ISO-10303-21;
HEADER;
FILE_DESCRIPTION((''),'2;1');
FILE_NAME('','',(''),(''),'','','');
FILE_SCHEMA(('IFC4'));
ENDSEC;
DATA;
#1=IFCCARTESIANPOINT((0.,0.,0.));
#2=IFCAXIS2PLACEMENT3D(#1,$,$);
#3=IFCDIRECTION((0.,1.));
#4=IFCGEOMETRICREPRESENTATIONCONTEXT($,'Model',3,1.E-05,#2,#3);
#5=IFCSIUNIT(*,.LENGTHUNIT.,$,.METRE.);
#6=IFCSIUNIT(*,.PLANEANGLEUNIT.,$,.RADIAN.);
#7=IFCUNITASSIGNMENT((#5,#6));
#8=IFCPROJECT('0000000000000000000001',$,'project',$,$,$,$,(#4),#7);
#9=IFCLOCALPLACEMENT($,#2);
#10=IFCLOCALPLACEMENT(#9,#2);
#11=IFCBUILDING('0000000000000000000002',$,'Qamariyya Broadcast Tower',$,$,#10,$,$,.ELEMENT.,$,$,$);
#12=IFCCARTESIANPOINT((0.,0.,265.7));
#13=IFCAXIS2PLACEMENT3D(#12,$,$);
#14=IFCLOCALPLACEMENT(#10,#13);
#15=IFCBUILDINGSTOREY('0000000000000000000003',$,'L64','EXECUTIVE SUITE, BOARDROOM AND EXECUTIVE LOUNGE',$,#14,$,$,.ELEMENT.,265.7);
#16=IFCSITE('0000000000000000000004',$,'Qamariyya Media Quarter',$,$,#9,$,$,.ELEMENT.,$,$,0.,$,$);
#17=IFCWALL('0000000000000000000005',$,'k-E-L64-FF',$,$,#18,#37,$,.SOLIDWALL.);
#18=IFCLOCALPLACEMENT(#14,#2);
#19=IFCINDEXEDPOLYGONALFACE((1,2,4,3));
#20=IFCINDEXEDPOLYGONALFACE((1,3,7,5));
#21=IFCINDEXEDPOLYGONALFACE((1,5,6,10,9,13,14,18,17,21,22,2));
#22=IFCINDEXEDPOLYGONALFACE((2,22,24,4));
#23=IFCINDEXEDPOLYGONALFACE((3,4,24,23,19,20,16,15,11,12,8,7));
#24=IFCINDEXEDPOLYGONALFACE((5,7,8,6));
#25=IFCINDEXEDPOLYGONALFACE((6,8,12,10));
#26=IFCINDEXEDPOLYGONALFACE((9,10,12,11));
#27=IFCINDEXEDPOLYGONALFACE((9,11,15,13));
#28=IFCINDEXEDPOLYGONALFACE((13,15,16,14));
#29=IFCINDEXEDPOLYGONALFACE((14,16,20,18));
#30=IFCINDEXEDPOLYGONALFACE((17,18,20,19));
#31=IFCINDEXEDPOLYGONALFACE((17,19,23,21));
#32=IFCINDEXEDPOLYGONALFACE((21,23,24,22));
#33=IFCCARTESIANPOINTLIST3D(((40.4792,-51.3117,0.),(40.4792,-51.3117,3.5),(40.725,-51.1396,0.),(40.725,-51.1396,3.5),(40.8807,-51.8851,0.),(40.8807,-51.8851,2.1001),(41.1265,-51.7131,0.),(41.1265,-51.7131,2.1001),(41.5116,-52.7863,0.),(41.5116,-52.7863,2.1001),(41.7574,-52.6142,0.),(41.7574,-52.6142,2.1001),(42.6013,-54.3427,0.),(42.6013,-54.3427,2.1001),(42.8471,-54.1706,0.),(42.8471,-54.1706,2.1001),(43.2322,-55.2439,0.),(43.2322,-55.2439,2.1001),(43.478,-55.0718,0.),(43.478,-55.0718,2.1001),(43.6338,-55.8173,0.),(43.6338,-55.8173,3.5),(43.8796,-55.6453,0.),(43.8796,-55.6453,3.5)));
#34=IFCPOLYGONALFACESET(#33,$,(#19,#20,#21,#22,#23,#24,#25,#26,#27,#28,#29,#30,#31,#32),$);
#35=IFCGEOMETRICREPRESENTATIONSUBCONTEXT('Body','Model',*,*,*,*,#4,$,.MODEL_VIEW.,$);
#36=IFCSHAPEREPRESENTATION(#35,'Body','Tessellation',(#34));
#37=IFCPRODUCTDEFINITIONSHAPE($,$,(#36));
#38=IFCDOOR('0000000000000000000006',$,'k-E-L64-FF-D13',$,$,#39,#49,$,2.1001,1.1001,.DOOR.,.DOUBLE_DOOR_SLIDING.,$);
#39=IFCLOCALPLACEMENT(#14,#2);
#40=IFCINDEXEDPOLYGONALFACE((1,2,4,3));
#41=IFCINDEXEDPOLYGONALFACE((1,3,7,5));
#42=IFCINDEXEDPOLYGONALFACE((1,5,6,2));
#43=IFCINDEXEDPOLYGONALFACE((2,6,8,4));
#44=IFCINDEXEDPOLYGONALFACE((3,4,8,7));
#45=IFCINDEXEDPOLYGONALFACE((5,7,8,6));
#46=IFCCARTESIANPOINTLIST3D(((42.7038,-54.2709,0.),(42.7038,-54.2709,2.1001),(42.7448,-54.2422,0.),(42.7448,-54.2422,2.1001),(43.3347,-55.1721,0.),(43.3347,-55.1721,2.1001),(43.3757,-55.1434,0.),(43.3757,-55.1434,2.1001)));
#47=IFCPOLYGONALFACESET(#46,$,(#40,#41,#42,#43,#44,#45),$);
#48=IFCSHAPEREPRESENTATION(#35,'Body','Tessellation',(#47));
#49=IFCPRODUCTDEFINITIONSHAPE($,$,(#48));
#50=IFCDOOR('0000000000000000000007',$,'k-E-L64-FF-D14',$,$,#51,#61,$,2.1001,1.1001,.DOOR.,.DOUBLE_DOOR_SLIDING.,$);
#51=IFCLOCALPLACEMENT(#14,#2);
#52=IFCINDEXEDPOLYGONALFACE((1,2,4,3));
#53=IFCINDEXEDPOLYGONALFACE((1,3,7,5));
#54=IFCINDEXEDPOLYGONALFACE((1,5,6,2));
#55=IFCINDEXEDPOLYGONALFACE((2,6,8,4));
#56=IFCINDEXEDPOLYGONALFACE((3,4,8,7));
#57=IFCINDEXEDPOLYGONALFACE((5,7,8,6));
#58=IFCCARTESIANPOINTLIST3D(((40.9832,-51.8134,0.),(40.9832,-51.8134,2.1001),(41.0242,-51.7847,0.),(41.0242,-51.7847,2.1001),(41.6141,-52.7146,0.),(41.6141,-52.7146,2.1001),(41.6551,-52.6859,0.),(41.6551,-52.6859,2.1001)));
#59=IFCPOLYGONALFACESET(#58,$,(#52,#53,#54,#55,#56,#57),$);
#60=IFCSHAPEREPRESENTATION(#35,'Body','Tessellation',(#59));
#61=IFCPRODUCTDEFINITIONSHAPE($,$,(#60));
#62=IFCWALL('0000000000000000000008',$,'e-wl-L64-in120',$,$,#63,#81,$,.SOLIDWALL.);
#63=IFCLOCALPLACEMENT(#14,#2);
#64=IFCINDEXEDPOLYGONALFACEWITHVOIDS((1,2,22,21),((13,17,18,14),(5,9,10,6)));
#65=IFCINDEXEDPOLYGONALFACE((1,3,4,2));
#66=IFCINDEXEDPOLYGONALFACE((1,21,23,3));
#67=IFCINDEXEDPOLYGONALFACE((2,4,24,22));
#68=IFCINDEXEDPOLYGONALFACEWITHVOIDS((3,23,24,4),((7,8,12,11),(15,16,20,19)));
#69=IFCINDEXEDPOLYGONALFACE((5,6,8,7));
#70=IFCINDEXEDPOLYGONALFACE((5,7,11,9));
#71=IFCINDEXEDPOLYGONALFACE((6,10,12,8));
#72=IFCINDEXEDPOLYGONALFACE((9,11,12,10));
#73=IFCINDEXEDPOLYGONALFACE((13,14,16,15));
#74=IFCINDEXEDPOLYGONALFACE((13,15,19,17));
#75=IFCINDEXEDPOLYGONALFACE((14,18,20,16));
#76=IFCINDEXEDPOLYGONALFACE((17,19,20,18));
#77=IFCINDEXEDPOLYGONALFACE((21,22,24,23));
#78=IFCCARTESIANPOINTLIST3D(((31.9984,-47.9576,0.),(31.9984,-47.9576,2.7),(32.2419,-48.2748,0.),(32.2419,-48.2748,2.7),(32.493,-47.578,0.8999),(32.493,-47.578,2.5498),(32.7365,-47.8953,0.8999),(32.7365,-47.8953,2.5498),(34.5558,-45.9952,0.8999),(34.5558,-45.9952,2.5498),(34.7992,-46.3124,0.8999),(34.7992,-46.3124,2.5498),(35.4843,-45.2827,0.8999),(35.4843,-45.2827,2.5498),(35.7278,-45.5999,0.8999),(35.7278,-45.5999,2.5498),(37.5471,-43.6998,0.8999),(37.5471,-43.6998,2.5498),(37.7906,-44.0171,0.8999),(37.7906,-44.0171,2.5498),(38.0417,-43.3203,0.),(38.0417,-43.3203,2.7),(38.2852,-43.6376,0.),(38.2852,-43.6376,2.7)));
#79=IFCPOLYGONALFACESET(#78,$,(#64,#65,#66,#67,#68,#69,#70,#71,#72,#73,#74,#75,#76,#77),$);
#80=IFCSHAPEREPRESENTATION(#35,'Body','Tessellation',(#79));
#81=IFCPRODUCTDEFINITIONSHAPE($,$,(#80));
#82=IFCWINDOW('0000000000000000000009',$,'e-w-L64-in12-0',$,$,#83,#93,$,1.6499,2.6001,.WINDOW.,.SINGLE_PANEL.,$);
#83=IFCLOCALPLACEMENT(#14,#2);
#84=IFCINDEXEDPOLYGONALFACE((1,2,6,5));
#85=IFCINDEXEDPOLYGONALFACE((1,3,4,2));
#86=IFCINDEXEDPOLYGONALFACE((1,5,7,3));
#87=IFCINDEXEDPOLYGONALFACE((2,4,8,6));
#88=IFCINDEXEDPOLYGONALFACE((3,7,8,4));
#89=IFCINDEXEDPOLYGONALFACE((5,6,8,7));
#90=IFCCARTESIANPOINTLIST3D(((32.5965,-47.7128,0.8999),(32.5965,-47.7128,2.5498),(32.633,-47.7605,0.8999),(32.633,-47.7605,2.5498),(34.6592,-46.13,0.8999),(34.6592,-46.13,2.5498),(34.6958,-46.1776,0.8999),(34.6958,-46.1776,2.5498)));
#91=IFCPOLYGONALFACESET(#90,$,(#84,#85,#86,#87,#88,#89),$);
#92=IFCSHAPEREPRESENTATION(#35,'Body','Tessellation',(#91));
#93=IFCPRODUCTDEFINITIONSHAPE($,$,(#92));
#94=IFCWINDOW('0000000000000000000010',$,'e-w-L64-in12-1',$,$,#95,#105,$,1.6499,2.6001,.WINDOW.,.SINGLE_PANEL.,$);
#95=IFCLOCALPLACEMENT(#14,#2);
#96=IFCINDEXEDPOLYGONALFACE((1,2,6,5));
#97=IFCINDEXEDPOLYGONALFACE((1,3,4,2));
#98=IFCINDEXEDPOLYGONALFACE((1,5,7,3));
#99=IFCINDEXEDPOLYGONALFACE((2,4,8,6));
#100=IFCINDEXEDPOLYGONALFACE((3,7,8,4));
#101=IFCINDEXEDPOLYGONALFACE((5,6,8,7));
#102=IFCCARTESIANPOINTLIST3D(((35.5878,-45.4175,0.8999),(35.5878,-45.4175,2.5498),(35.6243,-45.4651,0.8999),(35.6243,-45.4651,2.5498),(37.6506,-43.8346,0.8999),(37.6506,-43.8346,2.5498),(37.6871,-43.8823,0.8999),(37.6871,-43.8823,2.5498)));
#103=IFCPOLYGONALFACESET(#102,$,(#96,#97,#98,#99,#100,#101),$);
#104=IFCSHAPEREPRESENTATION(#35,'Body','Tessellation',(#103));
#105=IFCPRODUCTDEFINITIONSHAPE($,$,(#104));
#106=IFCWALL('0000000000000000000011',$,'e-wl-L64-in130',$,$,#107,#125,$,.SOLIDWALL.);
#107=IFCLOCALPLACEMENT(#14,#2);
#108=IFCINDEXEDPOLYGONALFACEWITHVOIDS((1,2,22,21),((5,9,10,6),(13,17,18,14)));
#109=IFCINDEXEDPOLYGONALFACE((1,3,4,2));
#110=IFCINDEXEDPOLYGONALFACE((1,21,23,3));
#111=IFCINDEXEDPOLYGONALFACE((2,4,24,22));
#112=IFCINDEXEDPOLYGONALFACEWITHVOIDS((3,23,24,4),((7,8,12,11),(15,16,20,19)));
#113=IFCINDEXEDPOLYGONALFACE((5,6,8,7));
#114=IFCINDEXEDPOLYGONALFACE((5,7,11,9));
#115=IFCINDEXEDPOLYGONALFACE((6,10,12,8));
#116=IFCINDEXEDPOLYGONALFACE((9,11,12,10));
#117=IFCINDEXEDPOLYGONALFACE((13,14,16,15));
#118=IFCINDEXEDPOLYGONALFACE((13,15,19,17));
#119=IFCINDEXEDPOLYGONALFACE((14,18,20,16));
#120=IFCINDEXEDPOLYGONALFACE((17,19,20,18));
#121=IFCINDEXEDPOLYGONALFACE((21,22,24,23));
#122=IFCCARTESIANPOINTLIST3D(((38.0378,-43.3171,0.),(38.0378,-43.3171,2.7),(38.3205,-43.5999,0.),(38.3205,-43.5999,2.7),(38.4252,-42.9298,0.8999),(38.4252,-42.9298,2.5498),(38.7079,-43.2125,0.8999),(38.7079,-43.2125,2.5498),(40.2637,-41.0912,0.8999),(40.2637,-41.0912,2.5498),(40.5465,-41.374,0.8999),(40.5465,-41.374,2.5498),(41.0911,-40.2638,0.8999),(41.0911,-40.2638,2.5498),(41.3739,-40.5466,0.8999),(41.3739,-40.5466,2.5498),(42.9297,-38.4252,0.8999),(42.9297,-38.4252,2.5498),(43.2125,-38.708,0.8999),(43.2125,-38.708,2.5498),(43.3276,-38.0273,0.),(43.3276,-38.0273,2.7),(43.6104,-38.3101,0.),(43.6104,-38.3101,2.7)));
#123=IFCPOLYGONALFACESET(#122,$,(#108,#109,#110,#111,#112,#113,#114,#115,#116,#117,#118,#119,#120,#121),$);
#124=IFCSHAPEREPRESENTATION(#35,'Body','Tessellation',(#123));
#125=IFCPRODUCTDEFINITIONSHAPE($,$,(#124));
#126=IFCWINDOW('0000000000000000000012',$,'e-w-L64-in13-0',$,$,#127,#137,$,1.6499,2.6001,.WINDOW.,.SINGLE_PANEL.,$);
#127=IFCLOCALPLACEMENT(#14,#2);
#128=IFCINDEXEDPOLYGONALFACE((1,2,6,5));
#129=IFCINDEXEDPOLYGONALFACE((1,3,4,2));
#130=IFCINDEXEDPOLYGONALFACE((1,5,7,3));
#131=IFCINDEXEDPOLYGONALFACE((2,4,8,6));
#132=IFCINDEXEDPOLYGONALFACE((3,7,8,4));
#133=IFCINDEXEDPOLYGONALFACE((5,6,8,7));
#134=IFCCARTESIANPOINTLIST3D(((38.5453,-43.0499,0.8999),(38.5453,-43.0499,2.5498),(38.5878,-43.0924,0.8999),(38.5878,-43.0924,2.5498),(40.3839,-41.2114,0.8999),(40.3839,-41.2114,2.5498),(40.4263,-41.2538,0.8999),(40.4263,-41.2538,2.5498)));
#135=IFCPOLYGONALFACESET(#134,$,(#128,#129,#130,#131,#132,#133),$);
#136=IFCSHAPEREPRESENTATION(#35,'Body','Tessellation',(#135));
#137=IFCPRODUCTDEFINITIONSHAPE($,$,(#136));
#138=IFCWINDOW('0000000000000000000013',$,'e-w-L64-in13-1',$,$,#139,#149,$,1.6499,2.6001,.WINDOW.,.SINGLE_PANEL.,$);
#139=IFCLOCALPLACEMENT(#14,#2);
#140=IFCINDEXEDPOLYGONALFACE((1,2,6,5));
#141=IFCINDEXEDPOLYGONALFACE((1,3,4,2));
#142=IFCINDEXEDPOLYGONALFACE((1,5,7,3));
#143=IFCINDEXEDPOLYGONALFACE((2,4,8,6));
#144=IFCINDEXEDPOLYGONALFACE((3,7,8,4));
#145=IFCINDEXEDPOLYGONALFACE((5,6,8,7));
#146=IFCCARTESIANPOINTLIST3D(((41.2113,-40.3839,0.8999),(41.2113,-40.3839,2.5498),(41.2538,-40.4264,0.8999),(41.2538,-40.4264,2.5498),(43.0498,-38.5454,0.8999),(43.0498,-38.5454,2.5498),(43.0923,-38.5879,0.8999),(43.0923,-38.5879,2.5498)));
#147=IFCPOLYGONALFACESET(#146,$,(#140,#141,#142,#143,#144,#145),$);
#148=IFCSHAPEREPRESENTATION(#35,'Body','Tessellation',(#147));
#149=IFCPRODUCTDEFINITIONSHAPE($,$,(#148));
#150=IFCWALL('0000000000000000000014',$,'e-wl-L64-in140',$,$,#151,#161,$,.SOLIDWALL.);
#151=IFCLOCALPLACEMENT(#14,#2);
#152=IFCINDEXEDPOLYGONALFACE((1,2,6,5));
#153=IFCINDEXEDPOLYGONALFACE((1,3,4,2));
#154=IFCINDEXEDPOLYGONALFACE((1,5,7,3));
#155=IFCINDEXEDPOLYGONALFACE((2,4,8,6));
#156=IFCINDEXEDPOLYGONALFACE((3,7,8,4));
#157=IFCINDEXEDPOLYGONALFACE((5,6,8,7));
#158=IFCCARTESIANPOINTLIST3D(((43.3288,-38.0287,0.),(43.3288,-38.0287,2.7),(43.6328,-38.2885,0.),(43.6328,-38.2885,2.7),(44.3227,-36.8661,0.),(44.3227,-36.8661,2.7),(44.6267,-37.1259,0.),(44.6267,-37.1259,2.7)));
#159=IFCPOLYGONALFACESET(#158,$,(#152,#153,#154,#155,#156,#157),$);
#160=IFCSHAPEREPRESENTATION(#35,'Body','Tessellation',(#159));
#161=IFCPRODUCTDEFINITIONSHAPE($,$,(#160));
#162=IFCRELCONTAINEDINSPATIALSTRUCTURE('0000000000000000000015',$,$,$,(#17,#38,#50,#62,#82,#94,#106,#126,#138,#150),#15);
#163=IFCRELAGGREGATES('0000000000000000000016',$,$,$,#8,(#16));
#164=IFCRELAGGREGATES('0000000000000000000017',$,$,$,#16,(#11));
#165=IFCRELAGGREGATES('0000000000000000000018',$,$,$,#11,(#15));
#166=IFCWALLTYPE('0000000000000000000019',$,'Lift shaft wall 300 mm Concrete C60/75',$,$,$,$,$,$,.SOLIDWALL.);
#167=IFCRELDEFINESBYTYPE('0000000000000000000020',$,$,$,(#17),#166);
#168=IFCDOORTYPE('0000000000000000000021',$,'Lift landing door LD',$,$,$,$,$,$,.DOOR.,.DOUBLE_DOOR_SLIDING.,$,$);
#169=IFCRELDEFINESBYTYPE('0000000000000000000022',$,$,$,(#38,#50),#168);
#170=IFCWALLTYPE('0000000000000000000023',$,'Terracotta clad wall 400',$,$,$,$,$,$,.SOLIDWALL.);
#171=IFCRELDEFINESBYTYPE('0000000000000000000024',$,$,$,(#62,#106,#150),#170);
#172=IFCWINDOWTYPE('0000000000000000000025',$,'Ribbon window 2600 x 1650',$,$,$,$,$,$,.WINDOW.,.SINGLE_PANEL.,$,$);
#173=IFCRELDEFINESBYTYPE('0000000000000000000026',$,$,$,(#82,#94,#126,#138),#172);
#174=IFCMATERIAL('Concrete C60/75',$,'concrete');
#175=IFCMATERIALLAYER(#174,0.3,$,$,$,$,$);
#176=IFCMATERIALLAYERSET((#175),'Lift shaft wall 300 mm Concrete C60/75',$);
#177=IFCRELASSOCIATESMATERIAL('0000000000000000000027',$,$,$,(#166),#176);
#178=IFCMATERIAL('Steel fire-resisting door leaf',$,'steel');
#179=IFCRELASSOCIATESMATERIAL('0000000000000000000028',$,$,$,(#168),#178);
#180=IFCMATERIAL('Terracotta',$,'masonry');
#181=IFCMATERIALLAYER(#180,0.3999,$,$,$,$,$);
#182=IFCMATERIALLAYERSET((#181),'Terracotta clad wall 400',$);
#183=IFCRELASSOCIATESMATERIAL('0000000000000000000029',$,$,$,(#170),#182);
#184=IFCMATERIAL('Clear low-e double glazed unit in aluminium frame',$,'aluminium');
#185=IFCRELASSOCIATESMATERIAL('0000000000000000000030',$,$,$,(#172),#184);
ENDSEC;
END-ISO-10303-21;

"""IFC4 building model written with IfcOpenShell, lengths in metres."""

from ifc_helpers import new_model, si_unit, direction, frame, frame_2d, origin, place, context, subcontext, project, spatial, rectangle, extrude, material, layer, layer_set, type_object, element, fill, save


model = new_model("IFC4")

# Units and contexts
model_context = context("Model", 3, precision=1e-05, world=origin(), true_north=direction((0.0, 1.0)))
body_context = subcontext(model_context, "Body", "Model", "MODEL_VIEW")
ifc_project = project(units=[si_unit("LENGTHUNIT", "METRE"), si_unit("PLANEANGLEUNIT", "RADIAN")], contexts=[model_context])

# Site, building, storey
site_placement = place(None, origin())
site = spatial("IfcSite", under=ifc_project, at=site_placement, Name="Qamariyya Media Quarter", CompositionType="ELEMENT", RefElevation=0.0)
building_placement = place(site_placement, origin())
building = spatial("IfcBuilding", under=site, at=building_placement, Name="Qamariyya Broadcast Tower", CompositionType="ELEMENT")
storey_placement = place(building_placement, frame((0.0, 0.0, 265.7)))
storey = spatial("IfcBuildingStorey", under=building, at=storey_placement, Name="L64", Description="EXECUTIVE SUITE, BOARDROOM AND EXECUTIVE LOUNGE", CompositionType="ELEMENT", Elevation=265.7)

# Shared definitions
ifc_material_1 = material(Name="Concrete C60/75", Category="concrete")

# Shared definitions
ifc_layer_1 = layer(ifc_material_1, 0.3)
ifc_layer_set_1 = layer_set([ifc_layer_1], Name="Lift shaft wall 300 mm Concrete C60/75")
wall_type_1 = type_object("IfcWallType", Name="Lift shaft wall 300 mm Concrete C60/75", PredefinedType="SOLIDWALL", material=ifc_layer_set_1)
ifc_material_2 = material(Name="Steel fire-resisting door leaf", Category="steel")

# Wall, openings, doors
wall_1_placement = place(storey_placement, frame((43.7566, -55.7312, 0.0), z_axis=(0.0, 0.0, 1.0), x_axis=(-0.573537, 0.81918, 0.0)))
wall_1 = element("IfcWall", 1, at=wall_1_placement, inside=storey, type_object=wall_type_1, Name="k-E-L64-FF", PredefinedType="SOLIDWALL", context=body_context, shape_type="SweptSolid", body=[
    extrude(rectangle(XDim=5.5002, YDim=0.3, at=frame_2d((2.75, 0.0))), origin(), (0.0, 0.0, 1.0), 3.5),
])
opening_1_placement = place(wall_1_placement, frame((0.7, 0.0, 0.0)))
opening_1 = element("IfcOpeningElement", 2, at=opening_1_placement, cuts=wall_1, PredefinedType="OPENING", context=body_context, shape_type="SweptSolid", body=[
    extrude(rectangle(XDim=1.1001, YDim=2.1001, at=frame_2d((0.55, 1.05))), frame((0.0, 0.1599, 0.0), z_axis=(0.0, -1.0, 0.0), x_axis=(1.0, 0.0, 0.0)), (0.0, 0.0, 1.0), 0.3201),
])
opening_2_placement = place(wall_1_placement, frame((3.7, 0.0, 0.0)))
opening_2 = element("IfcOpeningElement", 3, at=opening_2_placement, cuts=wall_1, PredefinedType="OPENING", context=body_context, shape_type="SweptSolid", body=[
    extrude(rectangle(XDim=1.1001, YDim=2.1001, at=frame_2d((0.55, 1.05))), frame((0.0, 0.1599, 0.0), z_axis=(0.0, -1.0, 0.0), x_axis=(1.0, 0.0, 0.0)), (0.0, 0.0, 1.0), 0.3201),
])
door_type_1 = type_object("IfcDoorType", Name="Lift landing door LD", OperationType="DOUBLE_DOOR_SLIDING", PredefinedType="DOOR", material=ifc_material_2)
door_1_placement = place(opening_1_placement, origin())
door_1 = element("IfcDoor", 4, at=door_1_placement, inside=storey, type_object=door_type_1, Name="k-E-L64-FF-D13", OperationType="DOUBLE_DOOR_SLIDING", OverallHeight=2.1001, OverallWidth=1.1001, PredefinedType="DOOR", context=body_context, shape_type="SweptSolid", body=[
    extrude(rectangle(XDim=1.1001, YDim=2.1001, at=frame_2d((0.55, 1.05))), frame((0.0, 0.0249, 0.0), z_axis=(0.0, -1.0, 0.0), x_axis=(1.0, 0.0, 0.0)), (0.0, 0.0, 1.0), 0.05),
])
fill(opening_1, door_1)
door_2_placement = place(opening_2_placement, origin())
door_2 = element("IfcDoor", 5, at=door_2_placement, inside=storey, type_object=door_type_1, Name="k-E-L64-FF-D14", OperationType="DOUBLE_DOOR_SLIDING", OverallHeight=2.1001, OverallWidth=1.1001, PredefinedType="DOOR", context=body_context, shape_type="SweptSolid", body=[
    extrude(rectangle(XDim=1.1001, YDim=2.1001, at=frame_2d((0.55, 1.05))), frame((0.0, 0.0249, 0.0), z_axis=(0.0, -1.0, 0.0), x_axis=(1.0, 0.0, 0.0)), (0.0, 0.0, 1.0), 0.05),
])
fill(opening_2, door_2)

# Walls, openings, windows
ifc_material_3 = material(Name="Terracotta", Category="masonry")
ifc_layer_2 = layer(ifc_material_3, 0.3999)
ifc_layer_set_2 = layer_set([ifc_layer_2], Name="Terracotta clad wall 400")
wall_type_2 = type_object("IfcWallType", Name="Terracotta clad wall 400", PredefinedType="SOLIDWALL", material=ifc_layer_set_2)
wall_2_placement = place(storey_placement, frame((38.1633, -43.479, 0.0), z_axis=(0.0, 0.0, 1.0), x_axis=(-0.793348, -0.608769, 0.0)))
wall_2 = element("IfcWall", 6, at=wall_2_placement, inside=storey, type_object=wall_type_2, Name="e-wl-L64-in120", PredefinedType="SOLIDWALL", context=body_context, shape_type="SweptSolid", body=[
    extrude(rectangle(XDim=7.6174, YDim=0.3999, at=frame_2d((3.8086, 0.0))), origin(), (0.0, 0.0, 1.0), 2.7),
])
opening_3_placement = place(wall_2_placement, frame((4.3938, 0.0, 0.8999)))
opening_3 = element("IfcOpeningElement", 7, at=opening_3_placement, cuts=wall_2, PredefinedType="OPENING", context=body_context, shape_type="SweptSolid", body=[
    extrude(rectangle(XDim=2.6001, YDim=1.6499, at=frame_2d((1.3, 0.825))), frame((0.0, 0.21, 0.0), z_axis=(0.0, -1.0, 0.0), x_axis=(1.0, 0.0, 0.0)), (0.0, 0.0, 1.0), 0.4199),
])
opening_4_placement = place(wall_2_placement, frame((0.6233, 0.0, 0.8999)))
opening_4 = element("IfcOpeningElement", 8, at=opening_4_placement, cuts=wall_2, PredefinedType="OPENING", context=body_context, shape_type="SweptSolid", body=[
    extrude(rectangle(XDim=2.6001, YDim=1.6499, at=frame_2d((1.3, 0.825))), frame((0.0, 0.21, 0.0), z_axis=(0.0, -1.0, 0.0), x_axis=(1.0, 0.0, 0.0)), (0.0, 0.0, 1.0), 0.4199),
])
ifc_material_4 = material(Name="Clear low-e double glazed unit in aluminium frame", Category="aluminium")
window_type = type_object("IfcWindowType", Name="Ribbon window 2600 x 1650", PartitioningType="SINGLE_PANEL", PredefinedType="WINDOW", material=ifc_material_4)
window_1_placement = place(opening_3_placement, origin())
window_1 = element("IfcWindow", 9, at=window_1_placement, inside=storey, type_object=window_type, Name="e-w-L64-in12-0", OverallHeight=1.6499, OverallWidth=2.6001, PartitioningType="SINGLE_PANEL", PredefinedType="WINDOW", context=body_context, shape_type="SweptSolid", body=[
    extrude(rectangle(XDim=2.6001, YDim=1.6499, at=frame_2d((1.3, 0.825))), frame((0.0, 0.03, 0.0), z_axis=(0.0, -1.0, 0.0), x_axis=(1.0, 0.0, 0.0)), (0.0, 0.0, 1.0), 0.0601),
])
fill(opening_3, window_1)
window_2_placement = place(opening_4_placement, origin())
window_2 = element("IfcWindow", 10, at=window_2_placement, inside=storey, type_object=window_type, Name="e-w-L64-in12-1", OverallHeight=1.6499, OverallWidth=2.6001, PartitioningType="SINGLE_PANEL", PredefinedType="WINDOW", context=body_context, shape_type="SweptSolid", body=[
    extrude(rectangle(XDim=2.6001, YDim=1.6499, at=frame_2d((1.3, 0.825))), frame((0.0, 0.03, 0.0), z_axis=(0.0, -1.0, 0.0), x_axis=(1.0, 0.0, 0.0)), (0.0, 0.0, 1.0), 0.0601),
])
fill(opening_4, window_2)
wall_3_placement = place(storey_placement, frame((43.469, -38.1687, 0.0), z_axis=(0.0, 0.0, 1.0), x_axis=(-0.707107, -0.707107, 0.0)))
wall_3 = element("IfcWall", 11, at=wall_3_placement, inside=storey, type_object=wall_type_2, Name="e-wl-L64-in130", PredefinedType="SOLIDWALL", context=body_context, shape_type="SweptSolid", body=[
    extrude(rectangle(XDim=7.481, YDim=0.3999, at=frame_2d((3.7405, 0.0))), origin(), (0.0, 0.0, 1.0), 2.7),
])
opening_5_placement = place(wall_3_placement, frame((4.333, 0.0, 0.8999)))
opening_5 = element("IfcOpeningElement", 12, at=opening_5_placement, cuts=wall_3, PredefinedType="OPENING", context=body_context, shape_type="SweptSolid", body=[
    extrude(rectangle(XDim=2.6001, YDim=1.6499, at=frame_2d((1.3, 0.825))), frame((0.0, 0.21, 0.0), z_axis=(0.0, -1.0, 0.0), x_axis=(1.0, 0.0, 0.0)), (0.0, 0.0, 1.0), 0.4199),
])
opening_6_placement = place(wall_3_placement, frame((0.5627, 0.0, 0.8999)))
opening_6 = element("IfcOpeningElement", 13, at=opening_6_placement, cuts=wall_3, PredefinedType="OPENING", context=body_context, shape_type="SweptSolid", body=[
    extrude(rectangle(XDim=2.6001, YDim=1.6499, at=frame_2d((1.3, 0.825))), frame((0.0, 0.21, 0.0), z_axis=(0.0, -1.0, 0.0), x_axis=(1.0, 0.0, 0.0)), (0.0, 0.0, 1.0), 0.4199),
])
window_3_placement = place(opening_5_placement, origin())
window_3 = element("IfcWindow", 14, at=window_3_placement, inside=storey, type_object=window_type, Name="e-w-L64-in13-0", OverallHeight=1.6499, OverallWidth=2.6001, PartitioningType="SINGLE_PANEL", PredefinedType="WINDOW", context=body_context, shape_type="SweptSolid", body=[
    extrude(rectangle(XDim=2.6001, YDim=1.6499, at=frame_2d((1.3, 0.825))), frame((0.0, 0.03, 0.0), z_axis=(0.0, -1.0, 0.0), x_axis=(1.0, 0.0, 0.0)), (0.0, 0.0, 1.0), 0.0601),
])
fill(opening_5, window_3)
window_4_placement = place(opening_6_placement, origin())
window_4 = element("IfcWindow", 15, at=window_4_placement, inside=storey, type_object=window_type, Name="e-w-L64-in13-1", OverallHeight=1.6499, OverallWidth=2.6001, PartitioningType="SINGLE_PANEL", PredefinedType="WINDOW", context=body_context, shape_type="SweptSolid", body=[
    extrude(rectangle(XDim=2.6001, YDim=1.6499, at=frame_2d((1.3, 0.825))), frame((0.0, 0.03, 0.0), z_axis=(0.0, -1.0, 0.0), x_axis=(1.0, 0.0, 0.0)), (0.0, 0.0, 1.0), 0.0601),
])
fill(opening_6, window_4)

# Wall
wall_4_placement = place(storey_placement, frame((44.4746, -36.9961, 0.0), z_axis=(0.0, 0.0, 1.0), x_axis=(-0.649805, -0.760101, 0.0)))
element("IfcWall", 16, at=wall_4_placement, inside=storey, type_object=wall_type_2, Name="e-wl-L64-in140", PredefinedType="SOLIDWALL", context=body_context, shape_type="SweptSolid", body=[
    extrude(rectangle(XDim=1.5295, YDim=0.3999, at=frame_2d((0.7646, 0.0))), origin(), (0.0, 0.0, 1.0), 2.7),
])

save(model, "model.ifc")
